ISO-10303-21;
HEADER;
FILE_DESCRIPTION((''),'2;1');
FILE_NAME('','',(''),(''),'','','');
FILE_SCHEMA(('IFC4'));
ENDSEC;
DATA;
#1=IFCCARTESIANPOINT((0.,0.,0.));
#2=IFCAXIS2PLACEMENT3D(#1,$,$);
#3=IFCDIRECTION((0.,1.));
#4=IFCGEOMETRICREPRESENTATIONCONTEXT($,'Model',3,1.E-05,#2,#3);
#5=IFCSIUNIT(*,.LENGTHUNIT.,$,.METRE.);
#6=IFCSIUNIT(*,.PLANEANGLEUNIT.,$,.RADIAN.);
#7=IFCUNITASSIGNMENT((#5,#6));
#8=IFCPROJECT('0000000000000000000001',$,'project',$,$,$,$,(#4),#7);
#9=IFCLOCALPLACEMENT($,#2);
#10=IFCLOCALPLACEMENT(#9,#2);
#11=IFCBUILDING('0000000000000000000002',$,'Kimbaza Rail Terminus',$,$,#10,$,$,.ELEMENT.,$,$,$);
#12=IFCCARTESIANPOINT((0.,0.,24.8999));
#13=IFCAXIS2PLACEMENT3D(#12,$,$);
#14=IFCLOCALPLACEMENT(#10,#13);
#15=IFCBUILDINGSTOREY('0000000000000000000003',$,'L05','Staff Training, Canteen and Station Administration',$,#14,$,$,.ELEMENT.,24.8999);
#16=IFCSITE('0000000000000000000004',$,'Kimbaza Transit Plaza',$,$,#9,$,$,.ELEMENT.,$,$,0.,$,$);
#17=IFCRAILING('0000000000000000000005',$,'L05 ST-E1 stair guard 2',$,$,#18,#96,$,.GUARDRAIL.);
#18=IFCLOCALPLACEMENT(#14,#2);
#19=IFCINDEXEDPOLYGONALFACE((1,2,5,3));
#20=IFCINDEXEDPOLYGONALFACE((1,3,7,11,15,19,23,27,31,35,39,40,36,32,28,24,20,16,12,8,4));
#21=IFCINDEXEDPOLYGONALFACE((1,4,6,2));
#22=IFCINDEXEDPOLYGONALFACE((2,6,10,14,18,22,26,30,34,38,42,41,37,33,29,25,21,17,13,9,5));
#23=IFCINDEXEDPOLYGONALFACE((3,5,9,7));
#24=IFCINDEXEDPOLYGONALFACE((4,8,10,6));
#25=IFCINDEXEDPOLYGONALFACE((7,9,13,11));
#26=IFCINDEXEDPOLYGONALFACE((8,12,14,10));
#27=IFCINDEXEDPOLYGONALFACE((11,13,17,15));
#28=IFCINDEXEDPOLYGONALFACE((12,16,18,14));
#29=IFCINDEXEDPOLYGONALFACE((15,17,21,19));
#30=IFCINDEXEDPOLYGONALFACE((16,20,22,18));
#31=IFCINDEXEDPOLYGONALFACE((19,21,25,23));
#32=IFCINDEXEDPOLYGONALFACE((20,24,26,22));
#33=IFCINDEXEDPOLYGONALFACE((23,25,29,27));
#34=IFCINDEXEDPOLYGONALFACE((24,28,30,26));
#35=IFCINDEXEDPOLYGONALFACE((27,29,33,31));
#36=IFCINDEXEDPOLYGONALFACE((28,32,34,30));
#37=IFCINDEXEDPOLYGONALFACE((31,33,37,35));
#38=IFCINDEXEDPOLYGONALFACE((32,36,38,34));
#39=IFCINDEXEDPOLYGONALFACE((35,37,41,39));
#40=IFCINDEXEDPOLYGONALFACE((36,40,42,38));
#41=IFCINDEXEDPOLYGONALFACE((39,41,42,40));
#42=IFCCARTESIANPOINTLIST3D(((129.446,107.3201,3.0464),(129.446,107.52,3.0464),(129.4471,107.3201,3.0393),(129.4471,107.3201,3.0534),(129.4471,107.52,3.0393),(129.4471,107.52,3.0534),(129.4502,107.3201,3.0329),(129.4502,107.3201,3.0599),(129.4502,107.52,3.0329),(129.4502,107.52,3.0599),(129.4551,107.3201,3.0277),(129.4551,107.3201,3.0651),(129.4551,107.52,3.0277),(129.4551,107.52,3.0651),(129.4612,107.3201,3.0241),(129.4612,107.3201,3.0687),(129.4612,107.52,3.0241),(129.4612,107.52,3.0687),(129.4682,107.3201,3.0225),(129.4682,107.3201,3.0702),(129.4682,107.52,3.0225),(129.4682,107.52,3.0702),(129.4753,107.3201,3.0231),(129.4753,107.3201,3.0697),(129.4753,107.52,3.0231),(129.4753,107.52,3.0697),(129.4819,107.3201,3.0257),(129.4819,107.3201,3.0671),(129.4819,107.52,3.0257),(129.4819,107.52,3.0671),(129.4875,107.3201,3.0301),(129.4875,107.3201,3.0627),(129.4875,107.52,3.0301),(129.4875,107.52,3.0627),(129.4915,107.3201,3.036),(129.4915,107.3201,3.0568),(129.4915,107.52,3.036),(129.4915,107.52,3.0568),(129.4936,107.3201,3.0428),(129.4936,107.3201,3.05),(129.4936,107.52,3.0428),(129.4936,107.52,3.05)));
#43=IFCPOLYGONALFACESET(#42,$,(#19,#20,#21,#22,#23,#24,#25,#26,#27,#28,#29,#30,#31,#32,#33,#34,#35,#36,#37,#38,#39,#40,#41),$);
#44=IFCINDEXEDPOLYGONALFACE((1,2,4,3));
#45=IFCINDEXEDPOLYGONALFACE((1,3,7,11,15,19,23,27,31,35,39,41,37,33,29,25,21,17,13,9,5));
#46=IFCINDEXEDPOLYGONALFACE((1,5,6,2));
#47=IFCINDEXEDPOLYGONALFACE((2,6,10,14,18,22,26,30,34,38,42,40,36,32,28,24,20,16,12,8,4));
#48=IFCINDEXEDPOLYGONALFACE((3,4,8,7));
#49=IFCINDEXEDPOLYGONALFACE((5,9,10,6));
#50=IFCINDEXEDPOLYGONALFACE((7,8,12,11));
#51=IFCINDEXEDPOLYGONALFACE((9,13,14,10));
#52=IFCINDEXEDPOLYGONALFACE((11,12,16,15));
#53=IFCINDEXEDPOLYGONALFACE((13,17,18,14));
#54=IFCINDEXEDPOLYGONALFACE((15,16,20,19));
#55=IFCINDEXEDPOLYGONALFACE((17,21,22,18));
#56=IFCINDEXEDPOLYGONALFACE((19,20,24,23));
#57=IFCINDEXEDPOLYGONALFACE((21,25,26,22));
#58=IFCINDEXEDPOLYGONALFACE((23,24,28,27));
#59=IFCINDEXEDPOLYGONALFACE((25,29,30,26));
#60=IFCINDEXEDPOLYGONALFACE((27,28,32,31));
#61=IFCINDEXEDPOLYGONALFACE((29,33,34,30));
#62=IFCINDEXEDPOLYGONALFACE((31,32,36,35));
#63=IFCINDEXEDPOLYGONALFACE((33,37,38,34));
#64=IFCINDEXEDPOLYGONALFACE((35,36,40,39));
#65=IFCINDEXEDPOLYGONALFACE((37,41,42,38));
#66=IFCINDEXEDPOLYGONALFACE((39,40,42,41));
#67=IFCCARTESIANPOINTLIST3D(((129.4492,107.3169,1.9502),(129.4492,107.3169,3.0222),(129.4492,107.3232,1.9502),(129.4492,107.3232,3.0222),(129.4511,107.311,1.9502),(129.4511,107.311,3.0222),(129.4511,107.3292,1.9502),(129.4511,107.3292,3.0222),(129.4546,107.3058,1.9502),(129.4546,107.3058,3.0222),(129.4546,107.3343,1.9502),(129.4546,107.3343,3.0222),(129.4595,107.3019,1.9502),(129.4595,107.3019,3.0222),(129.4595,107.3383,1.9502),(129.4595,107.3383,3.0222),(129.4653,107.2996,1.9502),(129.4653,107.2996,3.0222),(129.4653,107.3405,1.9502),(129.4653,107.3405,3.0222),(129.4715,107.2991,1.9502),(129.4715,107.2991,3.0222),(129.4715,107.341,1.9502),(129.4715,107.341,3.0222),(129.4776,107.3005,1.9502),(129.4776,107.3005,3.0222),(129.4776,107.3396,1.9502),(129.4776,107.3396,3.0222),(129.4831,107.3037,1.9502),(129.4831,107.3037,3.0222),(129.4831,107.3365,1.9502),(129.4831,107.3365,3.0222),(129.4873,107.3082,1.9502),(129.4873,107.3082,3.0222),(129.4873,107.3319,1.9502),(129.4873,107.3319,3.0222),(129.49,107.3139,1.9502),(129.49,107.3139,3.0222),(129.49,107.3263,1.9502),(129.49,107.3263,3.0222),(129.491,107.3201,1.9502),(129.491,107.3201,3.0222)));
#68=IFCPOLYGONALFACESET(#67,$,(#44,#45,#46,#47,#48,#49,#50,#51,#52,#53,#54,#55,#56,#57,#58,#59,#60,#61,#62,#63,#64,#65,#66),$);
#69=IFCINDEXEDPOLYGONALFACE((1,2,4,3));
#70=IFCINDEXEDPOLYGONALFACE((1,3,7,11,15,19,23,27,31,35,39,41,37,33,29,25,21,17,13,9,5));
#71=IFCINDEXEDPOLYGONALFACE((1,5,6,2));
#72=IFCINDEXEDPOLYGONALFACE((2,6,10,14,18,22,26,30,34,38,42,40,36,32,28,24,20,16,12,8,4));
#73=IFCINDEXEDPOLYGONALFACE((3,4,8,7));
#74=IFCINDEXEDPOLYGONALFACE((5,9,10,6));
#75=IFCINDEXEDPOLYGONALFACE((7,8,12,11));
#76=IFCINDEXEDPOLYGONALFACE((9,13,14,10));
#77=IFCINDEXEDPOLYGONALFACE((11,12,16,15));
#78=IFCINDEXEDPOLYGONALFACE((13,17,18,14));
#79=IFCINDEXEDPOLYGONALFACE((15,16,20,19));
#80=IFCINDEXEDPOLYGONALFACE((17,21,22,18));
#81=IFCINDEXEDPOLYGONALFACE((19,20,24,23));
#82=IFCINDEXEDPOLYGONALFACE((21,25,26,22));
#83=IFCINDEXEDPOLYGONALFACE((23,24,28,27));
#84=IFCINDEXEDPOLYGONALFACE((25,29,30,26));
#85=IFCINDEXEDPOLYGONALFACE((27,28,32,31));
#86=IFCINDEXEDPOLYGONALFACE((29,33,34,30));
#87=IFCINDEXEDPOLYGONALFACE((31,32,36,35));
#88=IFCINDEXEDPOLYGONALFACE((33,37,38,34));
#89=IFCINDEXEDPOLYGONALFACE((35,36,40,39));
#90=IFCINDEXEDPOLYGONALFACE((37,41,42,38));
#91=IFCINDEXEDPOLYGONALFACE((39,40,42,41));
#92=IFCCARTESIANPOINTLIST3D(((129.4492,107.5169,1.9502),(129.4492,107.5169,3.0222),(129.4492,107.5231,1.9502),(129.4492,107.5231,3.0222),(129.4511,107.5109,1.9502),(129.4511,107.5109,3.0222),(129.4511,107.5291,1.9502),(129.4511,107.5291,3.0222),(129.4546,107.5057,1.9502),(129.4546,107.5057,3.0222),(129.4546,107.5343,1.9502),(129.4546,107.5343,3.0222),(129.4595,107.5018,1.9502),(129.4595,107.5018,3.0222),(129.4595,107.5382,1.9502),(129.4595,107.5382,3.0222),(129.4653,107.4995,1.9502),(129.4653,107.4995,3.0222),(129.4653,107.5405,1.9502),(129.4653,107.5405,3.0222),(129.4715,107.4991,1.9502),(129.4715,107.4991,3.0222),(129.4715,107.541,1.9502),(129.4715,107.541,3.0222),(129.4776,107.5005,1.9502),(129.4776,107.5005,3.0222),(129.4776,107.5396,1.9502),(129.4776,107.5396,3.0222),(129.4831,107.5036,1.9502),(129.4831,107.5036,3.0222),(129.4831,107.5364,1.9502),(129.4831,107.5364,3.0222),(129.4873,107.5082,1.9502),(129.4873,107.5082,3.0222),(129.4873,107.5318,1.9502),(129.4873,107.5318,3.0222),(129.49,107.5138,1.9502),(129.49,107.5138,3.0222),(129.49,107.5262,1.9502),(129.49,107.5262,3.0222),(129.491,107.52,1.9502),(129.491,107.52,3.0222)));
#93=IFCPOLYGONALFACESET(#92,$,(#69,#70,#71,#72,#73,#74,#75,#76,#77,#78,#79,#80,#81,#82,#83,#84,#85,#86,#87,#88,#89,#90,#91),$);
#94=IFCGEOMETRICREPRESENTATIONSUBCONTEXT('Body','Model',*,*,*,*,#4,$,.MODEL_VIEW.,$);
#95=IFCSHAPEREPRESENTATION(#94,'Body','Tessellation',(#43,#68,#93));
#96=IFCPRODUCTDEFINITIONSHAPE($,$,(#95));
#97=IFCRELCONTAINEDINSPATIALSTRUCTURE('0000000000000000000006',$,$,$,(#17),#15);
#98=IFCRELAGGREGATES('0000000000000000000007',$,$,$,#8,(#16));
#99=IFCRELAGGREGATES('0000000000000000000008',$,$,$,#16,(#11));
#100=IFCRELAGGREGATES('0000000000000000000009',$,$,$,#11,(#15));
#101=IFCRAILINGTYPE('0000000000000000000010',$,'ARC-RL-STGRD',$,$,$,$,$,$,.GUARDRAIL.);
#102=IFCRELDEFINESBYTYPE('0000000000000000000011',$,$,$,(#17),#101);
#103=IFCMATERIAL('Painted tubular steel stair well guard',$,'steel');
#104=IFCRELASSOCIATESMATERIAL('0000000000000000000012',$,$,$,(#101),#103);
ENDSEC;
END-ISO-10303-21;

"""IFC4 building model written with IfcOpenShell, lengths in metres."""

from ifc_helpers import new_model, si_unit, direction, frame, origin, origin_2d, place, context, subcontext, project, spatial, circle, extrude, material, type_object, element, save


model = new_model("IFC4")

# Units and contexts
model_context = context("Model", 3, precision=1e-05, world=origin(), true_north=direction((0.0, 1.0)))
body_context = subcontext(model_context, "Body", "Model", "MODEL_VIEW")
ifc_project = project(units=[si_unit("LENGTHUNIT", "METRE"), si_unit("PLANEANGLEUNIT", "RADIAN")], contexts=[model_context])

# Site, building, storey
site_placement = place(None, origin())
site = spatial("IfcSite", under=ifc_project, at=site_placement, Name="Kimbaza Transit Plaza", CompositionType="ELEMENT", RefElevation=0.0)
building_placement = place(site_placement, origin())
building = spatial("IfcBuilding", under=site, at=building_placement, Name="Kimbaza Rail Terminus", CompositionType="ELEMENT")
storey_placement = place(building_placement, frame((0.0, 0.0, 24.8999)))
storey = spatial("IfcBuildingStorey", under=building, at=storey_placement, Name="L05", Description="Staff Training, Canteen and Station Administration", CompositionType="ELEMENT", Elevation=24.8999)

# Railing
ifc_material_1 = material(Name="Painted tubular steel stair well guard", Category="steel")
railing_type_1 = type_object("IfcRailingType", Name="ARC-RL-STGRD", PredefinedType="GUARDRAIL", material=ifc_material_1)
railing_1_placement = place(storey_placement, frame((129.47, 107.3201, 1.9502)))
element("IfcRailing", 1, at=railing_1_placement, inside=storey, type_object=railing_type_1, Name="L05 ST-E1 stair guard 2", PredefinedType="GUARDRAIL", context=body_context, shape_type="SweptSolid", body=[
    extrude(circle(Radius=0.0239, at=origin_2d()), frame((0.0, 0.0, 1.0962), z_axis=(0.0, 1.0, 0.0), x_axis=(-1.0, 0.0, 0.0)), (0.0, 0.0, 1.0), 0.2),
    extrude(circle(Radius=0.021, at=origin_2d()), origin(), (0.0, 0.0, 1.0), 1.072),
    extrude(circle(Radius=0.021, at=origin_2d()), frame((0.0, 0.2, 0.0)), (0.0, 0.0, 1.0), 1.072),
])

save(model, "model.ifc")
